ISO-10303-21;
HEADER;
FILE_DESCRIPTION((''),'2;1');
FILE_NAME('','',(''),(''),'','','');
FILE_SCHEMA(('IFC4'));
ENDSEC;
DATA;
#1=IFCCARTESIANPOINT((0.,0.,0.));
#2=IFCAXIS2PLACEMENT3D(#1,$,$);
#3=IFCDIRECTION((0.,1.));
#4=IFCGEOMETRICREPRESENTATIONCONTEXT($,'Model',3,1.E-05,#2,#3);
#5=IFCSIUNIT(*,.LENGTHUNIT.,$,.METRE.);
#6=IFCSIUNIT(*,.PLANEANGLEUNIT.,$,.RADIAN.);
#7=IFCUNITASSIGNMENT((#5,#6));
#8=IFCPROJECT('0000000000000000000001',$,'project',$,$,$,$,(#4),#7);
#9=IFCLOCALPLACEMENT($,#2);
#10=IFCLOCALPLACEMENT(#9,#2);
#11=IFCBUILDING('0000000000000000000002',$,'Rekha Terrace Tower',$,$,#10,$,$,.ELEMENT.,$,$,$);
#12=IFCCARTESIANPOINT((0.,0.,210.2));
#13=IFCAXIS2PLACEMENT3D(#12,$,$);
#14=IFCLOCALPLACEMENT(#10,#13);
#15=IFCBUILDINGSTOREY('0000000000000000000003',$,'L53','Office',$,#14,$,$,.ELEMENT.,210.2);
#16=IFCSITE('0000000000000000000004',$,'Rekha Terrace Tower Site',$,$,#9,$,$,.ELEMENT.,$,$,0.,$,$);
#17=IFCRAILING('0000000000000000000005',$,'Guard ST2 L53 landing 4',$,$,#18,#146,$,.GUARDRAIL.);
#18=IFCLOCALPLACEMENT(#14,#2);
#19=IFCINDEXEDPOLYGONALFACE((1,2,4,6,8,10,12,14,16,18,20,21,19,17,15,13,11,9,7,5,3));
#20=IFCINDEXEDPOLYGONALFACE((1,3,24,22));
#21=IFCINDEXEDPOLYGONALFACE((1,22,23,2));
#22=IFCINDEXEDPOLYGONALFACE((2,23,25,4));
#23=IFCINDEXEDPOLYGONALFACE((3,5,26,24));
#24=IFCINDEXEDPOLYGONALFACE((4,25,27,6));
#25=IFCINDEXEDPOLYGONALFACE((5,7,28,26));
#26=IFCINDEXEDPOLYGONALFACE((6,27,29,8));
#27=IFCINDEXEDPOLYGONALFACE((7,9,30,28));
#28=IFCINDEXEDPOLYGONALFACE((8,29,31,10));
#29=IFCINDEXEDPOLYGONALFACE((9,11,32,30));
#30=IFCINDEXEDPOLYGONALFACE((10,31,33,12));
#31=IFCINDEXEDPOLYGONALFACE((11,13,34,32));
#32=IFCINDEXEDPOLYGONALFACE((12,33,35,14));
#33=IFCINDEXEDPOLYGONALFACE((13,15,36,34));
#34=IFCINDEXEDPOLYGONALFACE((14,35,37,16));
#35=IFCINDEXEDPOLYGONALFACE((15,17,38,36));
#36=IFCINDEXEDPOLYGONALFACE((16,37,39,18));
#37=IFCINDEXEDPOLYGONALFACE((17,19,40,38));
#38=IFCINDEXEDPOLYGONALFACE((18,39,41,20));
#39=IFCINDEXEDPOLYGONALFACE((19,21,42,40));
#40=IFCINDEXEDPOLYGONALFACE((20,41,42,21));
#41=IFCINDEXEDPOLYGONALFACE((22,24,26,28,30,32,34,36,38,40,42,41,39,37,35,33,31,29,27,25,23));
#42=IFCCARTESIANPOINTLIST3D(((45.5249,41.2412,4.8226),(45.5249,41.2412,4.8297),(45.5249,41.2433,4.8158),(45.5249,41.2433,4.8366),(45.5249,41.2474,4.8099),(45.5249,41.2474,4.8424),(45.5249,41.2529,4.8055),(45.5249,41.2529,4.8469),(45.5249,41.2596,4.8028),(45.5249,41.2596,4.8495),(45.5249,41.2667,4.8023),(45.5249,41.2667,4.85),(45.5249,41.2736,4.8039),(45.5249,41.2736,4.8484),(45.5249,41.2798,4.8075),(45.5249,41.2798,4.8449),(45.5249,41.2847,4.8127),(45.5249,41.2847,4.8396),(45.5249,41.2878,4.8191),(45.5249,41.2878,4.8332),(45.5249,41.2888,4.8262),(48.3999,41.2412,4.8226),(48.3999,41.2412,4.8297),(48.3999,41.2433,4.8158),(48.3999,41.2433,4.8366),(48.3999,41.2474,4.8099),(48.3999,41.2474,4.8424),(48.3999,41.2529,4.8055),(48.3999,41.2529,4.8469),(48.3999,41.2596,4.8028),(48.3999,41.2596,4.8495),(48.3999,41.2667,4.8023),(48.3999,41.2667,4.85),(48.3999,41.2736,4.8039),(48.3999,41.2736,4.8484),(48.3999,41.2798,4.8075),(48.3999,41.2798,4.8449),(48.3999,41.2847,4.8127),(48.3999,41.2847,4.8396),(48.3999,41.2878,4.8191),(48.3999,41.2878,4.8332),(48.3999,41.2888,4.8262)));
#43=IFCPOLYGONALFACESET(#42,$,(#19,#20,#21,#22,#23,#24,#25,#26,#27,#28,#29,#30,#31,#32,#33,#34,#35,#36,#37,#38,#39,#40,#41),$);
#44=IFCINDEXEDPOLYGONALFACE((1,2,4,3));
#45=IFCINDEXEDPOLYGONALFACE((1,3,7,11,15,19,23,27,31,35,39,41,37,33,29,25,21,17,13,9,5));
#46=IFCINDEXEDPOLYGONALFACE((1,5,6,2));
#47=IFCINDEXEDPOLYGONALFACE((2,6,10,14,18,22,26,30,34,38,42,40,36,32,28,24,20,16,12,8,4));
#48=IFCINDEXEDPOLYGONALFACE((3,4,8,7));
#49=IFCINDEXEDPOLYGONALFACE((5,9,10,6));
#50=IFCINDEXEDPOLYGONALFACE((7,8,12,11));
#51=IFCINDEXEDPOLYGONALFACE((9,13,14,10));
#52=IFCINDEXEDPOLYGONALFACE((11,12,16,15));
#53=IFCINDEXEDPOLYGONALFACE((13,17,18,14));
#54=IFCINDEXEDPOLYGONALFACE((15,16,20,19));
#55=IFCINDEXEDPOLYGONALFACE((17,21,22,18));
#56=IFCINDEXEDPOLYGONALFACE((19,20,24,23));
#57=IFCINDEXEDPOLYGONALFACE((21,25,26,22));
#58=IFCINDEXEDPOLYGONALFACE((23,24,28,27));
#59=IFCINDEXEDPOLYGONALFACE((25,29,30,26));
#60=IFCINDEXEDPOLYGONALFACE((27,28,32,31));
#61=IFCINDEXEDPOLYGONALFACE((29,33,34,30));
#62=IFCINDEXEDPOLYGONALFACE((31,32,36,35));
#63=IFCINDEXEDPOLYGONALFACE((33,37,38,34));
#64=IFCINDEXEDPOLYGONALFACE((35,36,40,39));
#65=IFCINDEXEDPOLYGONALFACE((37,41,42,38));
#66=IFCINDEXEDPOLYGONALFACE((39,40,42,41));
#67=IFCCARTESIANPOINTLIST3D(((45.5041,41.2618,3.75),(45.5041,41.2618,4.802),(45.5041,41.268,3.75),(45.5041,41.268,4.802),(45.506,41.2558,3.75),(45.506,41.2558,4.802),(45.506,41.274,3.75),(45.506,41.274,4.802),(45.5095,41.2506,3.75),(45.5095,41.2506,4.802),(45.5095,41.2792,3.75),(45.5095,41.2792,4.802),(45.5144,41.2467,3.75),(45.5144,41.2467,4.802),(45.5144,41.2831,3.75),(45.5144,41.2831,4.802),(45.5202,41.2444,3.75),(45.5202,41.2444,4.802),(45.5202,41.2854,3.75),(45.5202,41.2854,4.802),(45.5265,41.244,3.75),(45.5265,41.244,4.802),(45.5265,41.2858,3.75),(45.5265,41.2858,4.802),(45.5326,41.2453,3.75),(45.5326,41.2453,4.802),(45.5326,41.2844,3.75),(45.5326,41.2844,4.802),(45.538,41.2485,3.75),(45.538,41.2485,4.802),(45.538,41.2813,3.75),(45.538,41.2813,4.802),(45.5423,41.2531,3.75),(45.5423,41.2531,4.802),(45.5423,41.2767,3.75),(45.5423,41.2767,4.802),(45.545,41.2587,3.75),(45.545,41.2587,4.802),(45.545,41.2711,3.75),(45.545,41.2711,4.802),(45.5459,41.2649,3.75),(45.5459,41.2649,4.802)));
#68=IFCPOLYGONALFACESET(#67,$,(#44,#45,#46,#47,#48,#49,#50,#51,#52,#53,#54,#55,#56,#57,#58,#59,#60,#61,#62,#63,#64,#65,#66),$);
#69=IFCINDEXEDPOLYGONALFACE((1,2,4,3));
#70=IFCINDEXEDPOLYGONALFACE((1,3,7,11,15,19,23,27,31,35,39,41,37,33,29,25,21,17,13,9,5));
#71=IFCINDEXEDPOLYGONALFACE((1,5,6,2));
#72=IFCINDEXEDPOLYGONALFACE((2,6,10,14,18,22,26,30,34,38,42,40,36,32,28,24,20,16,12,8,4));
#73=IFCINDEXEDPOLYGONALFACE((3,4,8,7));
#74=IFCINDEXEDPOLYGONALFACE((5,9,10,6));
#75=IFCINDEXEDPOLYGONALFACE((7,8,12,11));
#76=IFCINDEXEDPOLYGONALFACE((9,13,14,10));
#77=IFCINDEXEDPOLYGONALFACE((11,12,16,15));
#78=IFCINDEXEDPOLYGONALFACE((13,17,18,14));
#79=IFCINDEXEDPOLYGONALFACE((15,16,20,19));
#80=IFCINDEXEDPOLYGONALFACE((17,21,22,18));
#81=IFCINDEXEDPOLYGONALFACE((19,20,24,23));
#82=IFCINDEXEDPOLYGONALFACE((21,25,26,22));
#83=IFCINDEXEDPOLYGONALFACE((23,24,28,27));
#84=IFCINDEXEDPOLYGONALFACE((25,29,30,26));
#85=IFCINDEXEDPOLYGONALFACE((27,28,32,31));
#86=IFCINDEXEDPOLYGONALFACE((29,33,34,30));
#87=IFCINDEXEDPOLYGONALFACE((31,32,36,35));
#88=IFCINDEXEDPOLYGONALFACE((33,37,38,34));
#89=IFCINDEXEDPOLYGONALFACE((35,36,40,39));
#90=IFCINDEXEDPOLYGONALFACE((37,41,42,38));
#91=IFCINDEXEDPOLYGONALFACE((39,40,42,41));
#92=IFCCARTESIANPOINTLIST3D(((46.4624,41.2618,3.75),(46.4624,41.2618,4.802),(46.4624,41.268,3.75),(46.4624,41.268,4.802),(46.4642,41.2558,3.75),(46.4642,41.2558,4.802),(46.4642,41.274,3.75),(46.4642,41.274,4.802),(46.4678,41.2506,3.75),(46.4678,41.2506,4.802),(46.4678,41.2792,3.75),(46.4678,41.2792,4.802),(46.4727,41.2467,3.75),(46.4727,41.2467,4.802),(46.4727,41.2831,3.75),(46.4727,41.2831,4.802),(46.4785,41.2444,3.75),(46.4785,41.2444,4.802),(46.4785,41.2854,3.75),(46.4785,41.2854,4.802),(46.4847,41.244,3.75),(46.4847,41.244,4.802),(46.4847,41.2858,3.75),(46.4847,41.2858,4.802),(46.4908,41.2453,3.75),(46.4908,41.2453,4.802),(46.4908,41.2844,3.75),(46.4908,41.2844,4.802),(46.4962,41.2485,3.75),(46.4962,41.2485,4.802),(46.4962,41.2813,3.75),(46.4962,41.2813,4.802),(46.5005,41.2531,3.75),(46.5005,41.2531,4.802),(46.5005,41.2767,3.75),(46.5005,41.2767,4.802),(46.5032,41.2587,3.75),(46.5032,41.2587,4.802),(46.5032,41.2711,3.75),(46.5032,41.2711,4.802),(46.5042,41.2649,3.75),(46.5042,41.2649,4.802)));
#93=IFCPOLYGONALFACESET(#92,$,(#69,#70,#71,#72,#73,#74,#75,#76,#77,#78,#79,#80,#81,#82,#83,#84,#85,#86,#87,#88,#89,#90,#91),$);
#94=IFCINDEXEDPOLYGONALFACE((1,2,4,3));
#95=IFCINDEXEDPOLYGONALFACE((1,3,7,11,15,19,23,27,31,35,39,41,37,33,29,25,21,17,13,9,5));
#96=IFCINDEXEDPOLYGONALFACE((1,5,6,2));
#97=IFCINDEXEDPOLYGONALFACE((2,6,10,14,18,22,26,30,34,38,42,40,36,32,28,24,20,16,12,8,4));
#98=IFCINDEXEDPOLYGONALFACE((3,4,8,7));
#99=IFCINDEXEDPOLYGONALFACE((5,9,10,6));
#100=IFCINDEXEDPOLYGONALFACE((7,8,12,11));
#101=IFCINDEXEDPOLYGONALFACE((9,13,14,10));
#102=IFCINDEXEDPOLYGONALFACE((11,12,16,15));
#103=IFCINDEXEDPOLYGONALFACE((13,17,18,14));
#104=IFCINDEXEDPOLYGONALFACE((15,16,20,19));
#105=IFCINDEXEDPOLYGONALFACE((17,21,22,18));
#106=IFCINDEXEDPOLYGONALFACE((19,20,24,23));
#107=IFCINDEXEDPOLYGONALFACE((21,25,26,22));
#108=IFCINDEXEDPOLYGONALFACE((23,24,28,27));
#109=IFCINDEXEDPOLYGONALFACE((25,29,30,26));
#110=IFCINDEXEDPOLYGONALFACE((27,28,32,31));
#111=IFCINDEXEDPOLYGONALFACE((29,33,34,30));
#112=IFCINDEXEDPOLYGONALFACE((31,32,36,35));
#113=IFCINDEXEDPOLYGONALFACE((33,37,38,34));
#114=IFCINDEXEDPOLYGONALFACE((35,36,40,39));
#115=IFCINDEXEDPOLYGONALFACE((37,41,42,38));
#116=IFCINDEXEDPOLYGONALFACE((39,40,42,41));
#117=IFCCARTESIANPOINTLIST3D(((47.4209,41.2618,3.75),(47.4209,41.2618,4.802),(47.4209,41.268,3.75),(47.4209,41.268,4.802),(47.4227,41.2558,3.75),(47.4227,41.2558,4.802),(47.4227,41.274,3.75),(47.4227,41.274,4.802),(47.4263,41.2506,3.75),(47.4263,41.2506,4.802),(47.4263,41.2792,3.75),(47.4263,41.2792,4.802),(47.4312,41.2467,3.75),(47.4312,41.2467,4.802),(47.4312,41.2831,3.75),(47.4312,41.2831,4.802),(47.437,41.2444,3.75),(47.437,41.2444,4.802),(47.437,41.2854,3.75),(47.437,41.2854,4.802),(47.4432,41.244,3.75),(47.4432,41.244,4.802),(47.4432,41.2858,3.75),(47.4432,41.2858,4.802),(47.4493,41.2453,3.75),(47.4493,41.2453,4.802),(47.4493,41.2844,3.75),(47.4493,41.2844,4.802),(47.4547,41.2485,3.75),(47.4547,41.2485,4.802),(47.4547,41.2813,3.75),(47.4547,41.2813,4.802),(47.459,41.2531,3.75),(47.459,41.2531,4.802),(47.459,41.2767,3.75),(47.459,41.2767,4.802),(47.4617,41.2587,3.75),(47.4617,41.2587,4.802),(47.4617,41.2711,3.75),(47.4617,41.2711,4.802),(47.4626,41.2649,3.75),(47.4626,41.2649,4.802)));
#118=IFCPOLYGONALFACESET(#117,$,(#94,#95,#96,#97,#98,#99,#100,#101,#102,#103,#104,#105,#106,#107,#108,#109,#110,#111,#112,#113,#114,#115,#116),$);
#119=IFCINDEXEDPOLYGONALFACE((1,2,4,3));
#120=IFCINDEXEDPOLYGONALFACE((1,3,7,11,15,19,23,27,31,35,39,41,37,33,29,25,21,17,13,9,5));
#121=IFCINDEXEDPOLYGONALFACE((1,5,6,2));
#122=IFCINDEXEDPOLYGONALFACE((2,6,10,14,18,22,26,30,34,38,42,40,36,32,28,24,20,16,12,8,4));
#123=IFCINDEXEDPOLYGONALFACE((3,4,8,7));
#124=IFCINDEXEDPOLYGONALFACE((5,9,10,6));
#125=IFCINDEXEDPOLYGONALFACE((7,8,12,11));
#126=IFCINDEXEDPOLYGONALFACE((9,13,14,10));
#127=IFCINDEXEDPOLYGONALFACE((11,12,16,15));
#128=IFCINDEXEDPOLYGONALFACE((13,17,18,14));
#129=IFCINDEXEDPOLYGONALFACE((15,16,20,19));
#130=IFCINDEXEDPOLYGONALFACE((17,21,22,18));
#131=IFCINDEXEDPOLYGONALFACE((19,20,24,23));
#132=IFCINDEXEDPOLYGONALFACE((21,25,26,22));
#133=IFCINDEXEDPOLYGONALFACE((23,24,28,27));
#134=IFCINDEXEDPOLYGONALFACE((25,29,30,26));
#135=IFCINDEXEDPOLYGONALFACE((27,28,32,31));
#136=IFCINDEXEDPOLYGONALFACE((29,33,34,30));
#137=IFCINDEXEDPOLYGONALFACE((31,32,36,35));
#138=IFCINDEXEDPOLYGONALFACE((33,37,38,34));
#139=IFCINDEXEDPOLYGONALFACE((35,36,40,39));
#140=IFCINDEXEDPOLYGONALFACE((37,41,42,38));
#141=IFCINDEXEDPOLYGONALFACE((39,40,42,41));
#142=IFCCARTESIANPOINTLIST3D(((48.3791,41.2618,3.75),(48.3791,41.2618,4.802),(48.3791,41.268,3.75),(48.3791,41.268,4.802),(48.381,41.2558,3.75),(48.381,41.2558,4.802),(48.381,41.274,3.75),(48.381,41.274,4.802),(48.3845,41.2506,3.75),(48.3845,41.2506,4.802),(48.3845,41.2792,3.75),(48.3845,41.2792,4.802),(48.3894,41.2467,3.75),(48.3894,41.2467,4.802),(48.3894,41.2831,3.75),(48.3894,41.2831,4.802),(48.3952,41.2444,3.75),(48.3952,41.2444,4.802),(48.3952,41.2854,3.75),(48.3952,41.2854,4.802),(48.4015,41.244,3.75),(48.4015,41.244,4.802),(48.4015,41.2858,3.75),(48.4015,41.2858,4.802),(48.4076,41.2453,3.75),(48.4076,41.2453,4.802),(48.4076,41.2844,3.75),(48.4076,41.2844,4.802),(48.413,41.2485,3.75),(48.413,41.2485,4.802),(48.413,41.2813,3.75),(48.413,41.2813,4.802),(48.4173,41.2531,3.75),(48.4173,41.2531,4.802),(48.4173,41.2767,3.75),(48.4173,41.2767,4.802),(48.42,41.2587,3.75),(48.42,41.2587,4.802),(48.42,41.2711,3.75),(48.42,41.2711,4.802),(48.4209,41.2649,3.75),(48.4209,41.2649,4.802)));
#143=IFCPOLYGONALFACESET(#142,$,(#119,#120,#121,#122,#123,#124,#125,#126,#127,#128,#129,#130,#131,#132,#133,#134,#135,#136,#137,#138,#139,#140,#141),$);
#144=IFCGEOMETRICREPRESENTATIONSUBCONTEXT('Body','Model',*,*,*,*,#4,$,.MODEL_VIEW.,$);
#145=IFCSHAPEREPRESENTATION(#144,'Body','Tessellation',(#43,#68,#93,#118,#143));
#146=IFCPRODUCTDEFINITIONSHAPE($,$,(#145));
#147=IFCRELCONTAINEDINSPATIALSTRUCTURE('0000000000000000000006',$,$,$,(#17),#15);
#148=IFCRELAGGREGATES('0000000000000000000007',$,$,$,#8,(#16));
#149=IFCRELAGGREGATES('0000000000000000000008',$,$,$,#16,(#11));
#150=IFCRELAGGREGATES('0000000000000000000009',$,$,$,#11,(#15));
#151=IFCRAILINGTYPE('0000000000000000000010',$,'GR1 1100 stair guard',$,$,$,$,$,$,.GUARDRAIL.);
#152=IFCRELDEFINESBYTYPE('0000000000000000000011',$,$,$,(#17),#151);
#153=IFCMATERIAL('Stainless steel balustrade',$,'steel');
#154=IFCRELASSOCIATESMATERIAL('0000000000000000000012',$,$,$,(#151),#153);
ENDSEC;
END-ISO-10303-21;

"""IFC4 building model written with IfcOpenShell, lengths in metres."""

from ifc_helpers import new_model, si_unit, direction, frame, origin, origin_2d, place, context, subcontext, project, spatial, circle, extrude, material, type_object, element, save


model = new_model("IFC4")

# Units and contexts
model_context = context("Model", 3, precision=1e-05, world=origin(), true_north=direction((0.0, 1.0)))
body_context = subcontext(model_context, "Body", "Model", "MODEL_VIEW")
ifc_project = project(units=[si_unit("LENGTHUNIT", "METRE"), si_unit("PLANEANGLEUNIT", "RADIAN")], contexts=[model_context])

# Site, building, storey
site_placement = place(None, origin())
site = spatial("IfcSite", under=ifc_project, at=site_placement, Name="Rekha Terrace Tower Site", CompositionType="ELEMENT", RefElevation=0.0)
building_placement = place(site_placement, origin())
building = spatial("IfcBuilding", under=site, at=building_placement, Name="Rekha Terrace Tower", CompositionType="ELEMENT")
storey_placement = place(building_placement, frame((0.0, 0.0, 210.2)))
storey = spatial("IfcBuildingStorey", under=building, at=storey_placement, Name="L53", Description="Office", CompositionType="ELEMENT", Elevation=210.2)

# Railing
ifc_material_1 = material(Name="Stainless steel balustrade", Category="steel")
railing_type_1 = type_object("IfcRailingType", Name="GR1 1100 stair guard", PredefinedType="GUARDRAIL", material=ifc_material_1)
railing_1_placement = place(storey_placement, frame((45.5249, 41.2649, 3.75)))
element("IfcRailing", 1, at=railing_1_placement, inside=storey, type_object=railing_type_1, Name="Guard ST2 L53 landing 4", PredefinedType="GUARDRAIL", context=body_context, shape_type="SweptSolid", body=[
    extrude(circle(Radius=0.0239, at=origin_2d()), frame((0.0, 0.0, 1.0762), z_axis=(1.0, 0.0, 0.0), x_axis=(0.0, 1.0, 0.0)), (0.0, 0.0, 1.0), 2.875),
    extrude(circle(Radius=0.021, at=origin_2d()), origin(), (0.0, 0.0, 1.0), 1.052),
    extrude(circle(Radius=0.021, at=origin_2d()), frame((0.9583, 0.0, 0.0)), (0.0, 0.0, 1.0), 1.052),
    extrude(circle(Radius=0.021, at=origin_2d()), frame((1.9167, 0.0, 0.0)), (0.0, 0.0, 1.0), 1.052),
    extrude(circle(Radius=0.021, at=origin_2d()), frame((2.875, 0.0, 0.0)), (0.0, 0.0, 1.0), 1.052),
])

save(model, "model.ifc")
